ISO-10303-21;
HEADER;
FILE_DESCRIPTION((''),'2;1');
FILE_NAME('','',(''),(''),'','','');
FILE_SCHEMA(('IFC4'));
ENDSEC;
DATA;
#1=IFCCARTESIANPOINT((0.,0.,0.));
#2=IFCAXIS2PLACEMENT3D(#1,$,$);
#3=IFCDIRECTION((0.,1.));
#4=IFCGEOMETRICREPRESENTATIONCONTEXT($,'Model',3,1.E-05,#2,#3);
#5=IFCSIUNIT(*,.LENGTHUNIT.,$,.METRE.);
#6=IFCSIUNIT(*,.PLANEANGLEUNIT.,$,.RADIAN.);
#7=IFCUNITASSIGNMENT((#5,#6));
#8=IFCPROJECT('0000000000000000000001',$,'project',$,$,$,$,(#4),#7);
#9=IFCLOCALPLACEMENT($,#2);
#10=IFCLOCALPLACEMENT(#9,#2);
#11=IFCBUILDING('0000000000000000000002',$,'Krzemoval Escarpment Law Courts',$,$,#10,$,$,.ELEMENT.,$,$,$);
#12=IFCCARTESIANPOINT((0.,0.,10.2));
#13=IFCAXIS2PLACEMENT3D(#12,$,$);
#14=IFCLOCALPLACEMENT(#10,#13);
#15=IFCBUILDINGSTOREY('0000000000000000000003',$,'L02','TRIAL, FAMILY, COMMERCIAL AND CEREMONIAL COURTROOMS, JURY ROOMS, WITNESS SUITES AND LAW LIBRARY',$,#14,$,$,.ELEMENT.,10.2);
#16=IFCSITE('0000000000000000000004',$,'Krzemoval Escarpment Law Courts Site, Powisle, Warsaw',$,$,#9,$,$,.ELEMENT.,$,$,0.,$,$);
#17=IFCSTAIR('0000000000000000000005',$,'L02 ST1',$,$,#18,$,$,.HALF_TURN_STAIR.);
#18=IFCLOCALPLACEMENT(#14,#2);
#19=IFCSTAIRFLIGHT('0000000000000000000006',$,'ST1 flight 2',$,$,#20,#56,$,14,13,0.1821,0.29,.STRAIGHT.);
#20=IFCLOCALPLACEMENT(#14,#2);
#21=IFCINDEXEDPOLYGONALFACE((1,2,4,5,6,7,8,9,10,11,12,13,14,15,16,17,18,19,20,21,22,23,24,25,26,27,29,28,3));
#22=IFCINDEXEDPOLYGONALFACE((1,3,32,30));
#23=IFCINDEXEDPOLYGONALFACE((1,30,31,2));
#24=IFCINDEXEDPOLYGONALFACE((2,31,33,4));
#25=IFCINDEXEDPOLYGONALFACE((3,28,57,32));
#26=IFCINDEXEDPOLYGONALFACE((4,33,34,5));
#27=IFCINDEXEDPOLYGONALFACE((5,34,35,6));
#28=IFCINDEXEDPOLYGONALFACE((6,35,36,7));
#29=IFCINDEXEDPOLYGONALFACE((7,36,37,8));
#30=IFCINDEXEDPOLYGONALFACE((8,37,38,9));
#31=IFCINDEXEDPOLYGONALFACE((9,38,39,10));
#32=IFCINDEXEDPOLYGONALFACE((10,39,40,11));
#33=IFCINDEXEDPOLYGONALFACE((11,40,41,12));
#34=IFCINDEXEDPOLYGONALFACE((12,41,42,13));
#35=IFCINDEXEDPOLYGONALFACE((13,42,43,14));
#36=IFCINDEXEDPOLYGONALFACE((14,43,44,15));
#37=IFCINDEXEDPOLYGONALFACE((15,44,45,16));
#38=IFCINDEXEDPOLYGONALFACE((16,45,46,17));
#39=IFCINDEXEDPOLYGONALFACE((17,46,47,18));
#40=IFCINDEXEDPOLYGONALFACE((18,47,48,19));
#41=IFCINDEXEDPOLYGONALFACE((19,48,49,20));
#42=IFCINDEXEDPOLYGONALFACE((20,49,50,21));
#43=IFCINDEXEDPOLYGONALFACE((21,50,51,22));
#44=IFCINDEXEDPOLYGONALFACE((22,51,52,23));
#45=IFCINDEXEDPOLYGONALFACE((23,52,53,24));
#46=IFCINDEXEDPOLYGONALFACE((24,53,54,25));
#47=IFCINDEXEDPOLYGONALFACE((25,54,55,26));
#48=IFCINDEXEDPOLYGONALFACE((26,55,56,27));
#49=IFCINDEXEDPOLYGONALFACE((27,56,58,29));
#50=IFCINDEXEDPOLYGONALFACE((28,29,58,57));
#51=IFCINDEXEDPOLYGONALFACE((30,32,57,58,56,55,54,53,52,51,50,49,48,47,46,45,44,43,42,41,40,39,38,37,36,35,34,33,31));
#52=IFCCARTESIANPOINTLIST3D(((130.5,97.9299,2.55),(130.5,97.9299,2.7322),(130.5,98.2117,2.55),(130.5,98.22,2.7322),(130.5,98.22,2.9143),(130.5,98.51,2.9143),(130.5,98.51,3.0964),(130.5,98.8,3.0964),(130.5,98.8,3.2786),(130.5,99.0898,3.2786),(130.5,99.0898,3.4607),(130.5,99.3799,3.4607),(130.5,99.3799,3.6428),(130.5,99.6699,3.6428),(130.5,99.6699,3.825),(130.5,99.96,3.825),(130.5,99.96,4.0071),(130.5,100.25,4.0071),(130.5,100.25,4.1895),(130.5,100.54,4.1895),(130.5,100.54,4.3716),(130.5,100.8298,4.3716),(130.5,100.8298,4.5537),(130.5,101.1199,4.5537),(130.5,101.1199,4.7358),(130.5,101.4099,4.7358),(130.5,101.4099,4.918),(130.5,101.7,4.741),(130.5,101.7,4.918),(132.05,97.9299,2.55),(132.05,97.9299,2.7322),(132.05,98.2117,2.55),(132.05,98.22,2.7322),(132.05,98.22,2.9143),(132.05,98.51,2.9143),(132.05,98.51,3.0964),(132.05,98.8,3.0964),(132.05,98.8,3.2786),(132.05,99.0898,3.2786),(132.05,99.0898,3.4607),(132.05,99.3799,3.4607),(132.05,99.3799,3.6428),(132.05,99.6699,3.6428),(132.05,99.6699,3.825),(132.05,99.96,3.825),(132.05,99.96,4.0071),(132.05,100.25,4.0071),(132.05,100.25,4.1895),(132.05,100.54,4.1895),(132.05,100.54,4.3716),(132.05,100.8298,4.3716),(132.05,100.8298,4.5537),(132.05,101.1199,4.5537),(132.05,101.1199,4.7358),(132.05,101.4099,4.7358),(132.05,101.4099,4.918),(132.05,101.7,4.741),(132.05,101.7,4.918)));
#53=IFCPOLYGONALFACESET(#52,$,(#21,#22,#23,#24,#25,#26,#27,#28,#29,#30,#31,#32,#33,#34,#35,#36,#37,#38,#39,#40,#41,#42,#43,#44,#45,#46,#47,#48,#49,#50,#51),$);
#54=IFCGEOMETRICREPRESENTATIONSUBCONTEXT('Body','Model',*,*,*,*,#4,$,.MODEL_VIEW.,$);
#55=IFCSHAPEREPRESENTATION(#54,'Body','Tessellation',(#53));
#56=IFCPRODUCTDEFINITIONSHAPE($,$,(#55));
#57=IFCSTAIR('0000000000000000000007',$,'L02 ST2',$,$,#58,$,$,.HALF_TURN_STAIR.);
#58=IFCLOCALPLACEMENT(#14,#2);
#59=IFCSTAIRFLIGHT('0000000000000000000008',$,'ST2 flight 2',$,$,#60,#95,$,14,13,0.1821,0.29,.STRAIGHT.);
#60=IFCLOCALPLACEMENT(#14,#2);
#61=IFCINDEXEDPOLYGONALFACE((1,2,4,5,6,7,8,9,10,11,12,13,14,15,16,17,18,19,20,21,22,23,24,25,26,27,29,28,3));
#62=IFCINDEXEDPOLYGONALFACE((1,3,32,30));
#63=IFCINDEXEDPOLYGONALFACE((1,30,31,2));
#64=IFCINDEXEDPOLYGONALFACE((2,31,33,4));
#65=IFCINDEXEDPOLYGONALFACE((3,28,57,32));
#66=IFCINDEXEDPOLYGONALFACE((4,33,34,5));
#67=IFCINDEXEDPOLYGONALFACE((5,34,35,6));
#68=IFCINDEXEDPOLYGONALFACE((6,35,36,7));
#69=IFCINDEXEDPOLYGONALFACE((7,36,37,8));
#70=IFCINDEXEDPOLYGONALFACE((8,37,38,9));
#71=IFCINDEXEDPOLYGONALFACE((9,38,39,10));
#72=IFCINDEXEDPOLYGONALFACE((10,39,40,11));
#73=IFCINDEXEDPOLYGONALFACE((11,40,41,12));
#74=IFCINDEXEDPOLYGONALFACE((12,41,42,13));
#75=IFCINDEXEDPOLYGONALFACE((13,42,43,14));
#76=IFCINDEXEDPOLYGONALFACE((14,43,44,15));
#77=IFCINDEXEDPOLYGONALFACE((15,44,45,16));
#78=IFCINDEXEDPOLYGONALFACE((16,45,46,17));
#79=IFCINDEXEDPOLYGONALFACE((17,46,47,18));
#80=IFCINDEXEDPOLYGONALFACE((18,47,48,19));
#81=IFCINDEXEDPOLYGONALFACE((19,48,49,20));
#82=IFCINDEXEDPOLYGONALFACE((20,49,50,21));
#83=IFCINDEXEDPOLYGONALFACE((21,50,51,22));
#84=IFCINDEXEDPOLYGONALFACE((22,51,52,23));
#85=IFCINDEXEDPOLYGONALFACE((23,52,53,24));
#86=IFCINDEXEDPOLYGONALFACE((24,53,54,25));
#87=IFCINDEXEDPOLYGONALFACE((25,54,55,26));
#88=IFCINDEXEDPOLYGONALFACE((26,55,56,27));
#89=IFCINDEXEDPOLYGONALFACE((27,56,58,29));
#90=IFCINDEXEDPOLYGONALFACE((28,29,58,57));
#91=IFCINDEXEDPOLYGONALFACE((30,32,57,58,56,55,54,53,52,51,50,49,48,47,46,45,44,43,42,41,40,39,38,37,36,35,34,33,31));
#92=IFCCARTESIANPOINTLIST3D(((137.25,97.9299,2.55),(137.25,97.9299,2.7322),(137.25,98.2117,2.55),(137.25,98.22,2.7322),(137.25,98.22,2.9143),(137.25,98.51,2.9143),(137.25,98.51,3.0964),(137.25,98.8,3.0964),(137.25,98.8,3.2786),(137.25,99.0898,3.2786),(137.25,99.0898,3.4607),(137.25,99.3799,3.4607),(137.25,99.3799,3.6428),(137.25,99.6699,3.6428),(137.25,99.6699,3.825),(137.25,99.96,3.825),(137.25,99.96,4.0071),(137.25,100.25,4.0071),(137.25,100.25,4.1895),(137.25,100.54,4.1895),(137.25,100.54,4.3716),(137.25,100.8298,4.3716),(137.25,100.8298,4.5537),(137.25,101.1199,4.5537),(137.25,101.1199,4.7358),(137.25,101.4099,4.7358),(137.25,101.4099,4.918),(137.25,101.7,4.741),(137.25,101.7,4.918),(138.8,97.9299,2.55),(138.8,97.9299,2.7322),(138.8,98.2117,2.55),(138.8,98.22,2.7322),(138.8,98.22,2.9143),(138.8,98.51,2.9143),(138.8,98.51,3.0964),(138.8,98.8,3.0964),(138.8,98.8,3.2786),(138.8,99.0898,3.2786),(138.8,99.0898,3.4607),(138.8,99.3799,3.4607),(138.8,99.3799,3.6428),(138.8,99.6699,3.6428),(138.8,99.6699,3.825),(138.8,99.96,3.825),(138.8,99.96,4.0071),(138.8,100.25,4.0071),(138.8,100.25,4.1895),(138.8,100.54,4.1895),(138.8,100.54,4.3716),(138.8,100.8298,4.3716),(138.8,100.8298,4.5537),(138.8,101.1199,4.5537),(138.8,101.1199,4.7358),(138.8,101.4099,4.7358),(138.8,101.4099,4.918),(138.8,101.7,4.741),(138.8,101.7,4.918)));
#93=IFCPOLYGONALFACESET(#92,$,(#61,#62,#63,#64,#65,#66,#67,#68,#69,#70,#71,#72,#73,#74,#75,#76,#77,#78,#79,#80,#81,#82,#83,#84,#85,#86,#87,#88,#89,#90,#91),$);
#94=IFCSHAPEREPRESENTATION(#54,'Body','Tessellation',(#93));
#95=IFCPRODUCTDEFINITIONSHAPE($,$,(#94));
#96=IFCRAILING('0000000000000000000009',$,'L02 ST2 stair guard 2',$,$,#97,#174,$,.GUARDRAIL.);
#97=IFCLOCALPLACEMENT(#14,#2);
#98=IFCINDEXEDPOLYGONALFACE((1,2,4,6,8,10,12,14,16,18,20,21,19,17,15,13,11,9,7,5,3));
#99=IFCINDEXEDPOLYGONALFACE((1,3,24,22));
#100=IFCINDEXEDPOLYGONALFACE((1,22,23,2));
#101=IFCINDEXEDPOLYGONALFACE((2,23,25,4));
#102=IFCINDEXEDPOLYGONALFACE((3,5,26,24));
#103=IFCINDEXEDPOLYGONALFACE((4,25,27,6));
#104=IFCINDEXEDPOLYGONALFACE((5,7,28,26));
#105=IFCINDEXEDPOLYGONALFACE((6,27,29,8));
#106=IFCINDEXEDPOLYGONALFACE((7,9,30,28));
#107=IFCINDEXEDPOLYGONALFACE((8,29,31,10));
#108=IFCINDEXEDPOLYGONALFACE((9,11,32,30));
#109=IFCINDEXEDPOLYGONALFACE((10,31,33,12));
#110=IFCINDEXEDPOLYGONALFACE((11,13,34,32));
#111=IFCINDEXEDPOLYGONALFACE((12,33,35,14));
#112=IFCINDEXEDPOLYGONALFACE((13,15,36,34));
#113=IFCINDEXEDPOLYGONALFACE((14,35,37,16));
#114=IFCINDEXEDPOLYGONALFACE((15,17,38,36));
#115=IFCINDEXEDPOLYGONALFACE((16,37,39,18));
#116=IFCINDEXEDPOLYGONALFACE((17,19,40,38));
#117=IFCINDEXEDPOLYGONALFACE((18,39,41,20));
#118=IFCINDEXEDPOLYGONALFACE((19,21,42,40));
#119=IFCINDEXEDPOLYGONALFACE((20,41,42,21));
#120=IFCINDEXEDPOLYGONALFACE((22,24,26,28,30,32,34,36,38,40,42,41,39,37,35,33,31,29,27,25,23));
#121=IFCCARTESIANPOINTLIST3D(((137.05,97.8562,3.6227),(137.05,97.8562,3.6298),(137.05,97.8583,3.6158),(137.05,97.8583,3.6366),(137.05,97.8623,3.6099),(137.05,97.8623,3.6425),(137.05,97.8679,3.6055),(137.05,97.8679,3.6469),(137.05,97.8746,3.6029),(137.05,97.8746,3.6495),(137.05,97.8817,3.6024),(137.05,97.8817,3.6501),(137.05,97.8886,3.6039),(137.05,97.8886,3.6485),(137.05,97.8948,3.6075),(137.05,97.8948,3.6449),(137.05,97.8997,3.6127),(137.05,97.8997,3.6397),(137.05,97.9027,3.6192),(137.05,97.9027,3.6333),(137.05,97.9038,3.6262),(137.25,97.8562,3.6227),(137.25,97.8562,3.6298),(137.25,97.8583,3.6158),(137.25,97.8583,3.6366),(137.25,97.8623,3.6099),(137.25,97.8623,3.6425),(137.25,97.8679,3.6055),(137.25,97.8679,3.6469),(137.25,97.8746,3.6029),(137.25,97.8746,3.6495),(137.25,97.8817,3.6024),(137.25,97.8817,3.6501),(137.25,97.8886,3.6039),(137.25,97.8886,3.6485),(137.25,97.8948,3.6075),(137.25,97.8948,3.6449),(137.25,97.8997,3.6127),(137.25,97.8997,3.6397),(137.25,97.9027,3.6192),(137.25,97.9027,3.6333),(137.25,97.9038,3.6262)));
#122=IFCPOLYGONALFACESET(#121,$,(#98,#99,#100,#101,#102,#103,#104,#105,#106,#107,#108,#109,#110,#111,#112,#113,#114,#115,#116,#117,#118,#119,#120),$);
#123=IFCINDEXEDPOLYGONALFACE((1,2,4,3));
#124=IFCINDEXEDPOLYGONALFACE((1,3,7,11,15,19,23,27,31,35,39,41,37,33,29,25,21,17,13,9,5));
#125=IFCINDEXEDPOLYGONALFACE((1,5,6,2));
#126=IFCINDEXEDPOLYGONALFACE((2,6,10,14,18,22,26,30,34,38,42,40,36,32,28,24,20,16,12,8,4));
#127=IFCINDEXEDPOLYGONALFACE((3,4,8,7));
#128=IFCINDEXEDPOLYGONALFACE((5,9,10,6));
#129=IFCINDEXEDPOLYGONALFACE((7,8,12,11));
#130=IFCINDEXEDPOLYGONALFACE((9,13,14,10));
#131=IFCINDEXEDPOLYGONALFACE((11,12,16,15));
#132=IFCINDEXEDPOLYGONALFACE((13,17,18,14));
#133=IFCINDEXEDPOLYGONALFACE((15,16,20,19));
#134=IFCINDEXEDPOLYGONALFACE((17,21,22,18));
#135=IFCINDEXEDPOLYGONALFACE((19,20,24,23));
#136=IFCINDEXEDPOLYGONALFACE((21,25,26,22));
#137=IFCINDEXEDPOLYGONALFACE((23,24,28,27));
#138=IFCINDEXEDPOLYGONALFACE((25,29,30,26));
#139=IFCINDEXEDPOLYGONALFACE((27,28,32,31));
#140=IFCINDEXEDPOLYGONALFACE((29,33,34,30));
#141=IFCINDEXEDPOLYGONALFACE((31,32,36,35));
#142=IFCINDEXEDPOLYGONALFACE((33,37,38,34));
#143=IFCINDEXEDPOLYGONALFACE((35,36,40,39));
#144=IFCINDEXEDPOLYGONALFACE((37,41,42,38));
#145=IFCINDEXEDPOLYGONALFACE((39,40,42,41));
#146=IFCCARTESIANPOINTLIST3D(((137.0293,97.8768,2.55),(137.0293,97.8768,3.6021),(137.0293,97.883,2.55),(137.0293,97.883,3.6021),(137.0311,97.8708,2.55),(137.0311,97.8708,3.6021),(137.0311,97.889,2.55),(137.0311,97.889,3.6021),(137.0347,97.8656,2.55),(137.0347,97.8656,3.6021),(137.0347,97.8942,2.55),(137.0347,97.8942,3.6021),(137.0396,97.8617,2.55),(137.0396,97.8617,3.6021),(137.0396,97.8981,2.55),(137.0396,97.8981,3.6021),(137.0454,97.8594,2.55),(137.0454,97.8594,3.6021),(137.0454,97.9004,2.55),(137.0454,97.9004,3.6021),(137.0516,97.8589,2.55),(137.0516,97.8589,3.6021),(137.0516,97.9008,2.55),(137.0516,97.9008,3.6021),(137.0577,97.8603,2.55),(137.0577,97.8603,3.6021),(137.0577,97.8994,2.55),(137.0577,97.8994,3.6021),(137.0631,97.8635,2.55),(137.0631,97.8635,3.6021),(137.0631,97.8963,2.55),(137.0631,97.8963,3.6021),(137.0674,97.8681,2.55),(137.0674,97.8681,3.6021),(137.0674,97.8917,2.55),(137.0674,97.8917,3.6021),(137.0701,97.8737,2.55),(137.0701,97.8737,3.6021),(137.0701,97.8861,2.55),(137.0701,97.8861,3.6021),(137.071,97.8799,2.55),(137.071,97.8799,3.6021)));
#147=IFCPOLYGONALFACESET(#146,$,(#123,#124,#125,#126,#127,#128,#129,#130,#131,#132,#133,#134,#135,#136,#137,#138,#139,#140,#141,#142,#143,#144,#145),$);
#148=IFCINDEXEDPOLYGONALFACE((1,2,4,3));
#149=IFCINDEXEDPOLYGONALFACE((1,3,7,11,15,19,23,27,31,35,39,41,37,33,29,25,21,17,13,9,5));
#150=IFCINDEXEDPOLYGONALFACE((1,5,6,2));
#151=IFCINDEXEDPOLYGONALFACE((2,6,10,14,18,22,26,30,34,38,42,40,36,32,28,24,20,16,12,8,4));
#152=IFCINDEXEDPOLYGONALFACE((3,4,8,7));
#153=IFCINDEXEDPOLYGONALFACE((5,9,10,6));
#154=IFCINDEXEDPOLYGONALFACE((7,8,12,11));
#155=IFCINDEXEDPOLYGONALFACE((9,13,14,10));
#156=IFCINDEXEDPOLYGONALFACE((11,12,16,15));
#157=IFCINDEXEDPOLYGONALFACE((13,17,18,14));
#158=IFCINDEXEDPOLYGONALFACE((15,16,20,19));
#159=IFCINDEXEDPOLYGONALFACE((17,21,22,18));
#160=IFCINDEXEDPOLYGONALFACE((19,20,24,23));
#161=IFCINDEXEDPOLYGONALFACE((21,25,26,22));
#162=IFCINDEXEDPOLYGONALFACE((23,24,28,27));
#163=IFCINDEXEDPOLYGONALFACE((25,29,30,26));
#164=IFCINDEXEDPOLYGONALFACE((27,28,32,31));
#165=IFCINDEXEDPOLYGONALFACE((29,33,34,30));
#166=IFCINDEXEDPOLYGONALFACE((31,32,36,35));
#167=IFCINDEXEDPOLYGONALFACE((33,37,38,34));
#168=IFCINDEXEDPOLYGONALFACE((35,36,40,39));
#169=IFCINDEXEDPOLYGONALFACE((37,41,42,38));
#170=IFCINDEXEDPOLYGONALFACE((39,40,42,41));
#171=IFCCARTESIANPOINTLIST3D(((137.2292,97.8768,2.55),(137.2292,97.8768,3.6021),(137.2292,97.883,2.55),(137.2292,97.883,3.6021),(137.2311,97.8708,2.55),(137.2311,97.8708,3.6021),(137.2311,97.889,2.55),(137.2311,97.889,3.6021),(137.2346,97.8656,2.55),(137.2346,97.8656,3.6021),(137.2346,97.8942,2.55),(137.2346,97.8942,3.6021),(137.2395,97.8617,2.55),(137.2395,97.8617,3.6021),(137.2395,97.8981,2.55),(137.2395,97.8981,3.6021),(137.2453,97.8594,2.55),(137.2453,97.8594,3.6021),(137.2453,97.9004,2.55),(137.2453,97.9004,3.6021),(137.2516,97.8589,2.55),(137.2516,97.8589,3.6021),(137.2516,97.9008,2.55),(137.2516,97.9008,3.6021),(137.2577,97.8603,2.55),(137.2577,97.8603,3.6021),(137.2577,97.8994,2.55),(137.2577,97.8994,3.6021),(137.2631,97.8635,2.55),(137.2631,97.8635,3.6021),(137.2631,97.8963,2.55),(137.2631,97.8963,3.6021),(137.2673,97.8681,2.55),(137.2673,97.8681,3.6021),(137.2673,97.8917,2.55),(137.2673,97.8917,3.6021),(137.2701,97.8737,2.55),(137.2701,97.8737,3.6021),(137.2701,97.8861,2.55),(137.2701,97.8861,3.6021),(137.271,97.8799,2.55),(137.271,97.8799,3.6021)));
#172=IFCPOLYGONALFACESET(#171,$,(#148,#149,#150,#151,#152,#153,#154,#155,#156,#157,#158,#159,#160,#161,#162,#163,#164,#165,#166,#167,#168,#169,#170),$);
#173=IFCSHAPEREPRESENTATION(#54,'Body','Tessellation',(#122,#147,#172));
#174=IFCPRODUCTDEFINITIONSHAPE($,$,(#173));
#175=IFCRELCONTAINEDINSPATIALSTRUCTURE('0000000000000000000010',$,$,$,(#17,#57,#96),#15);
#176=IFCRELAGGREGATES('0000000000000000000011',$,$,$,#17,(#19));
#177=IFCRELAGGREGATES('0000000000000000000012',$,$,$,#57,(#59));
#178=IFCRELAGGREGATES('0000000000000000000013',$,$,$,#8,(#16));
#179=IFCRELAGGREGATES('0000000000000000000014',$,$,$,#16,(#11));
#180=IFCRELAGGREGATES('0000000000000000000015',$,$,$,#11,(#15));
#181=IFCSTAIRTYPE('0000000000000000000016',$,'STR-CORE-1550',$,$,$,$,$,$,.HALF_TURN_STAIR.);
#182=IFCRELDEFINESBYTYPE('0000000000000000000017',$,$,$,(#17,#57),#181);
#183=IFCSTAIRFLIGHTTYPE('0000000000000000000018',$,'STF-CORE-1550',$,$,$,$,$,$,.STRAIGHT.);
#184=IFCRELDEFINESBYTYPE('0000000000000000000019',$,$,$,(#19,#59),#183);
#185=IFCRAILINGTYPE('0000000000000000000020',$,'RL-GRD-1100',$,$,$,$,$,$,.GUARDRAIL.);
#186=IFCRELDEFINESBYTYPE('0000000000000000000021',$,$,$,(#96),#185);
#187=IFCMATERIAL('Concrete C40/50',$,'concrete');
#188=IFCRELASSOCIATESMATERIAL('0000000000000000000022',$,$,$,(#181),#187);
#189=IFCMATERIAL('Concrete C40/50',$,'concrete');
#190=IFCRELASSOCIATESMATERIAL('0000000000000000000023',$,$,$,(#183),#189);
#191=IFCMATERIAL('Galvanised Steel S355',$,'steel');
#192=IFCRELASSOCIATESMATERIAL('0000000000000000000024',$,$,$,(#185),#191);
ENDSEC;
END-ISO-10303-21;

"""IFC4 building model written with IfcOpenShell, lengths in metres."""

from ifc_helpers import new_model, si_unit, direction, frame, origin, origin_2d, place, context, subcontext, project, spatial, polyline, circle, outline, extrude, material, type_object, element, aggregate, save


model = new_model("IFC4")

# Units and contexts
model_context = context("Model", 3, precision=1e-05, world=origin(), true_north=direction((0.0, 1.0)))
body_context = subcontext(model_context, "Body", "Model", "MODEL_VIEW")
ifc_project = project(units=[si_unit("LENGTHUNIT", "METRE"), si_unit("PLANEANGLEUNIT", "RADIAN")], contexts=[model_context])

# Site, building, storey
site_placement = place(None, origin())
site = spatial("IfcSite", under=ifc_project, at=site_placement, Name="Krzemoval Escarpment Law Courts Site, Powisle, Warsaw", CompositionType="ELEMENT", RefElevation=0.0)
building_placement = place(site_placement, origin())
building = spatial("IfcBuilding", under=site, at=building_placement, Name="Krzemoval Escarpment Law Courts", CompositionType="ELEMENT")
storey_placement = place(building_placement, frame((0.0, 0.0, 10.2)))
storey = spatial("IfcBuildingStorey", under=building, at=storey_placement, Name="L02", Description="TRIAL, FAMILY, COMMERCIAL AND CEREMONIAL COURTROOMS, JURY ROOMS, WITNESS SUITES AND LAW LIBRARY", CompositionType="ELEMENT", Elevation=10.2)

# Stairs, stair flights
ifc_material_1 = material(Name="Concrete C40/50", Category="concrete")
stair_type = type_object("IfcStairType", Name="STR-CORE-1550", PredefinedType="HALF_TURN_STAIR", material=ifc_material_1)
stair_1_placement = place(storey_placement, origin())
stair_1 = element("IfcStair", 1, at=stair_1_placement, inside=storey, type_object=stair_type, Name="L02 ST1", PredefinedType="HALF_TURN_STAIR")
ifc_material_2 = material(Name="Concrete C40/50", Category="concrete")
stair_flight_type = type_object("IfcStairFlightType", Name="STF-CORE-1550", PredefinedType="STRAIGHT", material=ifc_material_2)
stair_flight_1_placement = place(storey_placement, frame((131.2749, 97.9299, 2.55), z_axis=(0.0, 0.0, 1.0), x_axis=(0.0, 1.0, 0.0)))
stair_flight_1 = element("IfcStairFlight", 2, at=stair_flight_1_placement, type_object=stair_flight_type, Name="ST1 flight 2", NumberOfRisers=14, NumberOfTreads=13, PredefinedType="STRAIGHT", RiserHeight=0.1821, TreadLength=0.29, context=body_context, shape_type="SweptSolid", body=[
    extrude(outline(polyline([(0.0, 0.0), (0.0, 0.1821), (0.29, 0.1821), (0.29, 0.3643), (0.5801, 0.3643), (0.5801, 0.5464), (0.8701, 0.5464), (0.8701, 0.7285), (1.1599, 0.7285), (1.1599, 0.9106), (1.45, 0.9106), (1.45, 1.0928), (1.74, 1.0928), (1.74, 1.2749), (2.03, 1.2749), (2.03, 1.457), (2.3201, 1.457), (2.3201, 1.6394), (2.6101, 1.6394), (2.6101, 1.8215), (2.8999, 1.8215), (2.8999, 2.0037), (3.1899, 2.0037), (3.1899, 2.1858), (3.48, 2.1858), (3.48, 2.3679), (3.77, 2.3679), (3.77, 2.55), (3.77, 2.1909), (0.2817, 0.0), (0.0, 0.0)])), frame((0.0, 0.7749, 0.0), z_axis=(0.0, -1.0, 0.0), x_axis=(1.0, 0.0, 0.0)), (0.0, 0.0, 1.0), 1.55),
])
aggregate(stair_1, [stair_flight_1])
stair_2_placement = place(storey_placement, origin())
stair_2 = element("IfcStair", 3, at=stair_2_placement, inside=storey, type_object=stair_type, Name="L02 ST2", PredefinedType="HALF_TURN_STAIR")
stair_flight_2_placement = place(storey_placement, frame((138.0249, 97.9299, 2.55), z_axis=(0.0, 0.0, 1.0), x_axis=(0.0, 1.0, 0.0)))
stair_flight_2 = element("IfcStairFlight", 4, at=stair_flight_2_placement, type_object=stair_flight_type, Name="ST2 flight 2", NumberOfRisers=14, NumberOfTreads=13, PredefinedType="STRAIGHT", RiserHeight=0.1821, TreadLength=0.29, context=body_context, shape_type="SweptSolid", body=[
    extrude(outline(polyline([(0.0, 0.0), (0.0, 0.1821), (0.29, 0.1821), (0.29, 0.3643), (0.5801, 0.3643), (0.5801, 0.5464), (0.8701, 0.5464), (0.8701, 0.7285), (1.1599, 0.7285), (1.1599, 0.9106), (1.45, 0.9106), (1.45, 1.0928), (1.74, 1.0928), (1.74, 1.2749), (2.03, 1.2749), (2.03, 1.457), (2.3201, 1.457), (2.3201, 1.6394), (2.6101, 1.6394), (2.6101, 1.8215), (2.8999, 1.8215), (2.8999, 2.0037), (3.1899, 2.0037), (3.1899, 2.1858), (3.48, 2.1858), (3.48, 2.3679), (3.77, 2.3679), (3.77, 2.55), (3.77, 2.1909), (0.2817, 0.0), (0.0, 0.0)])), frame((0.0, 0.7749, 0.0), z_axis=(0.0, -1.0, 0.0), x_axis=(1.0, 0.0, 0.0)), (0.0, 0.0, 1.0), 1.55),
])
aggregate(stair_2, [stair_flight_2])

# Railing
ifc_material_3 = material(Name="Galvanised Steel S355", Category="steel")
railing_type_1 = type_object("IfcRailingType", Name="RL-GRD-1100", PredefinedType="GUARDRAIL", material=ifc_material_3)
railing_1_placement = place(storey_placement, frame((137.05, 97.8799, 2.55)))
element("IfcRailing", 5, at=railing_1_placement, inside=storey, type_object=railing_type_1, Name="L02 ST2 stair guard 2", PredefinedType="GUARDRAIL", context=body_context, shape_type="SweptSolid", body=[
    extrude(circle(Radius=0.0239, at=origin_2d()), frame((0.0, 0.0, 1.0762), z_axis=(1.0, 0.0, 0.0), x_axis=(0.0, 1.0, 0.0)), (0.0, 0.0, 1.0), 0.2),
    extrude(circle(Radius=0.021, at=origin_2d()), origin(), (0.0, 0.0, 1.0), 1.052),
    extrude(circle(Radius=0.021, at=origin_2d()), frame((0.2, 0.0, 0.0)), (0.0, 0.0, 1.0), 1.052),
])

save(model, "model.ifc")
